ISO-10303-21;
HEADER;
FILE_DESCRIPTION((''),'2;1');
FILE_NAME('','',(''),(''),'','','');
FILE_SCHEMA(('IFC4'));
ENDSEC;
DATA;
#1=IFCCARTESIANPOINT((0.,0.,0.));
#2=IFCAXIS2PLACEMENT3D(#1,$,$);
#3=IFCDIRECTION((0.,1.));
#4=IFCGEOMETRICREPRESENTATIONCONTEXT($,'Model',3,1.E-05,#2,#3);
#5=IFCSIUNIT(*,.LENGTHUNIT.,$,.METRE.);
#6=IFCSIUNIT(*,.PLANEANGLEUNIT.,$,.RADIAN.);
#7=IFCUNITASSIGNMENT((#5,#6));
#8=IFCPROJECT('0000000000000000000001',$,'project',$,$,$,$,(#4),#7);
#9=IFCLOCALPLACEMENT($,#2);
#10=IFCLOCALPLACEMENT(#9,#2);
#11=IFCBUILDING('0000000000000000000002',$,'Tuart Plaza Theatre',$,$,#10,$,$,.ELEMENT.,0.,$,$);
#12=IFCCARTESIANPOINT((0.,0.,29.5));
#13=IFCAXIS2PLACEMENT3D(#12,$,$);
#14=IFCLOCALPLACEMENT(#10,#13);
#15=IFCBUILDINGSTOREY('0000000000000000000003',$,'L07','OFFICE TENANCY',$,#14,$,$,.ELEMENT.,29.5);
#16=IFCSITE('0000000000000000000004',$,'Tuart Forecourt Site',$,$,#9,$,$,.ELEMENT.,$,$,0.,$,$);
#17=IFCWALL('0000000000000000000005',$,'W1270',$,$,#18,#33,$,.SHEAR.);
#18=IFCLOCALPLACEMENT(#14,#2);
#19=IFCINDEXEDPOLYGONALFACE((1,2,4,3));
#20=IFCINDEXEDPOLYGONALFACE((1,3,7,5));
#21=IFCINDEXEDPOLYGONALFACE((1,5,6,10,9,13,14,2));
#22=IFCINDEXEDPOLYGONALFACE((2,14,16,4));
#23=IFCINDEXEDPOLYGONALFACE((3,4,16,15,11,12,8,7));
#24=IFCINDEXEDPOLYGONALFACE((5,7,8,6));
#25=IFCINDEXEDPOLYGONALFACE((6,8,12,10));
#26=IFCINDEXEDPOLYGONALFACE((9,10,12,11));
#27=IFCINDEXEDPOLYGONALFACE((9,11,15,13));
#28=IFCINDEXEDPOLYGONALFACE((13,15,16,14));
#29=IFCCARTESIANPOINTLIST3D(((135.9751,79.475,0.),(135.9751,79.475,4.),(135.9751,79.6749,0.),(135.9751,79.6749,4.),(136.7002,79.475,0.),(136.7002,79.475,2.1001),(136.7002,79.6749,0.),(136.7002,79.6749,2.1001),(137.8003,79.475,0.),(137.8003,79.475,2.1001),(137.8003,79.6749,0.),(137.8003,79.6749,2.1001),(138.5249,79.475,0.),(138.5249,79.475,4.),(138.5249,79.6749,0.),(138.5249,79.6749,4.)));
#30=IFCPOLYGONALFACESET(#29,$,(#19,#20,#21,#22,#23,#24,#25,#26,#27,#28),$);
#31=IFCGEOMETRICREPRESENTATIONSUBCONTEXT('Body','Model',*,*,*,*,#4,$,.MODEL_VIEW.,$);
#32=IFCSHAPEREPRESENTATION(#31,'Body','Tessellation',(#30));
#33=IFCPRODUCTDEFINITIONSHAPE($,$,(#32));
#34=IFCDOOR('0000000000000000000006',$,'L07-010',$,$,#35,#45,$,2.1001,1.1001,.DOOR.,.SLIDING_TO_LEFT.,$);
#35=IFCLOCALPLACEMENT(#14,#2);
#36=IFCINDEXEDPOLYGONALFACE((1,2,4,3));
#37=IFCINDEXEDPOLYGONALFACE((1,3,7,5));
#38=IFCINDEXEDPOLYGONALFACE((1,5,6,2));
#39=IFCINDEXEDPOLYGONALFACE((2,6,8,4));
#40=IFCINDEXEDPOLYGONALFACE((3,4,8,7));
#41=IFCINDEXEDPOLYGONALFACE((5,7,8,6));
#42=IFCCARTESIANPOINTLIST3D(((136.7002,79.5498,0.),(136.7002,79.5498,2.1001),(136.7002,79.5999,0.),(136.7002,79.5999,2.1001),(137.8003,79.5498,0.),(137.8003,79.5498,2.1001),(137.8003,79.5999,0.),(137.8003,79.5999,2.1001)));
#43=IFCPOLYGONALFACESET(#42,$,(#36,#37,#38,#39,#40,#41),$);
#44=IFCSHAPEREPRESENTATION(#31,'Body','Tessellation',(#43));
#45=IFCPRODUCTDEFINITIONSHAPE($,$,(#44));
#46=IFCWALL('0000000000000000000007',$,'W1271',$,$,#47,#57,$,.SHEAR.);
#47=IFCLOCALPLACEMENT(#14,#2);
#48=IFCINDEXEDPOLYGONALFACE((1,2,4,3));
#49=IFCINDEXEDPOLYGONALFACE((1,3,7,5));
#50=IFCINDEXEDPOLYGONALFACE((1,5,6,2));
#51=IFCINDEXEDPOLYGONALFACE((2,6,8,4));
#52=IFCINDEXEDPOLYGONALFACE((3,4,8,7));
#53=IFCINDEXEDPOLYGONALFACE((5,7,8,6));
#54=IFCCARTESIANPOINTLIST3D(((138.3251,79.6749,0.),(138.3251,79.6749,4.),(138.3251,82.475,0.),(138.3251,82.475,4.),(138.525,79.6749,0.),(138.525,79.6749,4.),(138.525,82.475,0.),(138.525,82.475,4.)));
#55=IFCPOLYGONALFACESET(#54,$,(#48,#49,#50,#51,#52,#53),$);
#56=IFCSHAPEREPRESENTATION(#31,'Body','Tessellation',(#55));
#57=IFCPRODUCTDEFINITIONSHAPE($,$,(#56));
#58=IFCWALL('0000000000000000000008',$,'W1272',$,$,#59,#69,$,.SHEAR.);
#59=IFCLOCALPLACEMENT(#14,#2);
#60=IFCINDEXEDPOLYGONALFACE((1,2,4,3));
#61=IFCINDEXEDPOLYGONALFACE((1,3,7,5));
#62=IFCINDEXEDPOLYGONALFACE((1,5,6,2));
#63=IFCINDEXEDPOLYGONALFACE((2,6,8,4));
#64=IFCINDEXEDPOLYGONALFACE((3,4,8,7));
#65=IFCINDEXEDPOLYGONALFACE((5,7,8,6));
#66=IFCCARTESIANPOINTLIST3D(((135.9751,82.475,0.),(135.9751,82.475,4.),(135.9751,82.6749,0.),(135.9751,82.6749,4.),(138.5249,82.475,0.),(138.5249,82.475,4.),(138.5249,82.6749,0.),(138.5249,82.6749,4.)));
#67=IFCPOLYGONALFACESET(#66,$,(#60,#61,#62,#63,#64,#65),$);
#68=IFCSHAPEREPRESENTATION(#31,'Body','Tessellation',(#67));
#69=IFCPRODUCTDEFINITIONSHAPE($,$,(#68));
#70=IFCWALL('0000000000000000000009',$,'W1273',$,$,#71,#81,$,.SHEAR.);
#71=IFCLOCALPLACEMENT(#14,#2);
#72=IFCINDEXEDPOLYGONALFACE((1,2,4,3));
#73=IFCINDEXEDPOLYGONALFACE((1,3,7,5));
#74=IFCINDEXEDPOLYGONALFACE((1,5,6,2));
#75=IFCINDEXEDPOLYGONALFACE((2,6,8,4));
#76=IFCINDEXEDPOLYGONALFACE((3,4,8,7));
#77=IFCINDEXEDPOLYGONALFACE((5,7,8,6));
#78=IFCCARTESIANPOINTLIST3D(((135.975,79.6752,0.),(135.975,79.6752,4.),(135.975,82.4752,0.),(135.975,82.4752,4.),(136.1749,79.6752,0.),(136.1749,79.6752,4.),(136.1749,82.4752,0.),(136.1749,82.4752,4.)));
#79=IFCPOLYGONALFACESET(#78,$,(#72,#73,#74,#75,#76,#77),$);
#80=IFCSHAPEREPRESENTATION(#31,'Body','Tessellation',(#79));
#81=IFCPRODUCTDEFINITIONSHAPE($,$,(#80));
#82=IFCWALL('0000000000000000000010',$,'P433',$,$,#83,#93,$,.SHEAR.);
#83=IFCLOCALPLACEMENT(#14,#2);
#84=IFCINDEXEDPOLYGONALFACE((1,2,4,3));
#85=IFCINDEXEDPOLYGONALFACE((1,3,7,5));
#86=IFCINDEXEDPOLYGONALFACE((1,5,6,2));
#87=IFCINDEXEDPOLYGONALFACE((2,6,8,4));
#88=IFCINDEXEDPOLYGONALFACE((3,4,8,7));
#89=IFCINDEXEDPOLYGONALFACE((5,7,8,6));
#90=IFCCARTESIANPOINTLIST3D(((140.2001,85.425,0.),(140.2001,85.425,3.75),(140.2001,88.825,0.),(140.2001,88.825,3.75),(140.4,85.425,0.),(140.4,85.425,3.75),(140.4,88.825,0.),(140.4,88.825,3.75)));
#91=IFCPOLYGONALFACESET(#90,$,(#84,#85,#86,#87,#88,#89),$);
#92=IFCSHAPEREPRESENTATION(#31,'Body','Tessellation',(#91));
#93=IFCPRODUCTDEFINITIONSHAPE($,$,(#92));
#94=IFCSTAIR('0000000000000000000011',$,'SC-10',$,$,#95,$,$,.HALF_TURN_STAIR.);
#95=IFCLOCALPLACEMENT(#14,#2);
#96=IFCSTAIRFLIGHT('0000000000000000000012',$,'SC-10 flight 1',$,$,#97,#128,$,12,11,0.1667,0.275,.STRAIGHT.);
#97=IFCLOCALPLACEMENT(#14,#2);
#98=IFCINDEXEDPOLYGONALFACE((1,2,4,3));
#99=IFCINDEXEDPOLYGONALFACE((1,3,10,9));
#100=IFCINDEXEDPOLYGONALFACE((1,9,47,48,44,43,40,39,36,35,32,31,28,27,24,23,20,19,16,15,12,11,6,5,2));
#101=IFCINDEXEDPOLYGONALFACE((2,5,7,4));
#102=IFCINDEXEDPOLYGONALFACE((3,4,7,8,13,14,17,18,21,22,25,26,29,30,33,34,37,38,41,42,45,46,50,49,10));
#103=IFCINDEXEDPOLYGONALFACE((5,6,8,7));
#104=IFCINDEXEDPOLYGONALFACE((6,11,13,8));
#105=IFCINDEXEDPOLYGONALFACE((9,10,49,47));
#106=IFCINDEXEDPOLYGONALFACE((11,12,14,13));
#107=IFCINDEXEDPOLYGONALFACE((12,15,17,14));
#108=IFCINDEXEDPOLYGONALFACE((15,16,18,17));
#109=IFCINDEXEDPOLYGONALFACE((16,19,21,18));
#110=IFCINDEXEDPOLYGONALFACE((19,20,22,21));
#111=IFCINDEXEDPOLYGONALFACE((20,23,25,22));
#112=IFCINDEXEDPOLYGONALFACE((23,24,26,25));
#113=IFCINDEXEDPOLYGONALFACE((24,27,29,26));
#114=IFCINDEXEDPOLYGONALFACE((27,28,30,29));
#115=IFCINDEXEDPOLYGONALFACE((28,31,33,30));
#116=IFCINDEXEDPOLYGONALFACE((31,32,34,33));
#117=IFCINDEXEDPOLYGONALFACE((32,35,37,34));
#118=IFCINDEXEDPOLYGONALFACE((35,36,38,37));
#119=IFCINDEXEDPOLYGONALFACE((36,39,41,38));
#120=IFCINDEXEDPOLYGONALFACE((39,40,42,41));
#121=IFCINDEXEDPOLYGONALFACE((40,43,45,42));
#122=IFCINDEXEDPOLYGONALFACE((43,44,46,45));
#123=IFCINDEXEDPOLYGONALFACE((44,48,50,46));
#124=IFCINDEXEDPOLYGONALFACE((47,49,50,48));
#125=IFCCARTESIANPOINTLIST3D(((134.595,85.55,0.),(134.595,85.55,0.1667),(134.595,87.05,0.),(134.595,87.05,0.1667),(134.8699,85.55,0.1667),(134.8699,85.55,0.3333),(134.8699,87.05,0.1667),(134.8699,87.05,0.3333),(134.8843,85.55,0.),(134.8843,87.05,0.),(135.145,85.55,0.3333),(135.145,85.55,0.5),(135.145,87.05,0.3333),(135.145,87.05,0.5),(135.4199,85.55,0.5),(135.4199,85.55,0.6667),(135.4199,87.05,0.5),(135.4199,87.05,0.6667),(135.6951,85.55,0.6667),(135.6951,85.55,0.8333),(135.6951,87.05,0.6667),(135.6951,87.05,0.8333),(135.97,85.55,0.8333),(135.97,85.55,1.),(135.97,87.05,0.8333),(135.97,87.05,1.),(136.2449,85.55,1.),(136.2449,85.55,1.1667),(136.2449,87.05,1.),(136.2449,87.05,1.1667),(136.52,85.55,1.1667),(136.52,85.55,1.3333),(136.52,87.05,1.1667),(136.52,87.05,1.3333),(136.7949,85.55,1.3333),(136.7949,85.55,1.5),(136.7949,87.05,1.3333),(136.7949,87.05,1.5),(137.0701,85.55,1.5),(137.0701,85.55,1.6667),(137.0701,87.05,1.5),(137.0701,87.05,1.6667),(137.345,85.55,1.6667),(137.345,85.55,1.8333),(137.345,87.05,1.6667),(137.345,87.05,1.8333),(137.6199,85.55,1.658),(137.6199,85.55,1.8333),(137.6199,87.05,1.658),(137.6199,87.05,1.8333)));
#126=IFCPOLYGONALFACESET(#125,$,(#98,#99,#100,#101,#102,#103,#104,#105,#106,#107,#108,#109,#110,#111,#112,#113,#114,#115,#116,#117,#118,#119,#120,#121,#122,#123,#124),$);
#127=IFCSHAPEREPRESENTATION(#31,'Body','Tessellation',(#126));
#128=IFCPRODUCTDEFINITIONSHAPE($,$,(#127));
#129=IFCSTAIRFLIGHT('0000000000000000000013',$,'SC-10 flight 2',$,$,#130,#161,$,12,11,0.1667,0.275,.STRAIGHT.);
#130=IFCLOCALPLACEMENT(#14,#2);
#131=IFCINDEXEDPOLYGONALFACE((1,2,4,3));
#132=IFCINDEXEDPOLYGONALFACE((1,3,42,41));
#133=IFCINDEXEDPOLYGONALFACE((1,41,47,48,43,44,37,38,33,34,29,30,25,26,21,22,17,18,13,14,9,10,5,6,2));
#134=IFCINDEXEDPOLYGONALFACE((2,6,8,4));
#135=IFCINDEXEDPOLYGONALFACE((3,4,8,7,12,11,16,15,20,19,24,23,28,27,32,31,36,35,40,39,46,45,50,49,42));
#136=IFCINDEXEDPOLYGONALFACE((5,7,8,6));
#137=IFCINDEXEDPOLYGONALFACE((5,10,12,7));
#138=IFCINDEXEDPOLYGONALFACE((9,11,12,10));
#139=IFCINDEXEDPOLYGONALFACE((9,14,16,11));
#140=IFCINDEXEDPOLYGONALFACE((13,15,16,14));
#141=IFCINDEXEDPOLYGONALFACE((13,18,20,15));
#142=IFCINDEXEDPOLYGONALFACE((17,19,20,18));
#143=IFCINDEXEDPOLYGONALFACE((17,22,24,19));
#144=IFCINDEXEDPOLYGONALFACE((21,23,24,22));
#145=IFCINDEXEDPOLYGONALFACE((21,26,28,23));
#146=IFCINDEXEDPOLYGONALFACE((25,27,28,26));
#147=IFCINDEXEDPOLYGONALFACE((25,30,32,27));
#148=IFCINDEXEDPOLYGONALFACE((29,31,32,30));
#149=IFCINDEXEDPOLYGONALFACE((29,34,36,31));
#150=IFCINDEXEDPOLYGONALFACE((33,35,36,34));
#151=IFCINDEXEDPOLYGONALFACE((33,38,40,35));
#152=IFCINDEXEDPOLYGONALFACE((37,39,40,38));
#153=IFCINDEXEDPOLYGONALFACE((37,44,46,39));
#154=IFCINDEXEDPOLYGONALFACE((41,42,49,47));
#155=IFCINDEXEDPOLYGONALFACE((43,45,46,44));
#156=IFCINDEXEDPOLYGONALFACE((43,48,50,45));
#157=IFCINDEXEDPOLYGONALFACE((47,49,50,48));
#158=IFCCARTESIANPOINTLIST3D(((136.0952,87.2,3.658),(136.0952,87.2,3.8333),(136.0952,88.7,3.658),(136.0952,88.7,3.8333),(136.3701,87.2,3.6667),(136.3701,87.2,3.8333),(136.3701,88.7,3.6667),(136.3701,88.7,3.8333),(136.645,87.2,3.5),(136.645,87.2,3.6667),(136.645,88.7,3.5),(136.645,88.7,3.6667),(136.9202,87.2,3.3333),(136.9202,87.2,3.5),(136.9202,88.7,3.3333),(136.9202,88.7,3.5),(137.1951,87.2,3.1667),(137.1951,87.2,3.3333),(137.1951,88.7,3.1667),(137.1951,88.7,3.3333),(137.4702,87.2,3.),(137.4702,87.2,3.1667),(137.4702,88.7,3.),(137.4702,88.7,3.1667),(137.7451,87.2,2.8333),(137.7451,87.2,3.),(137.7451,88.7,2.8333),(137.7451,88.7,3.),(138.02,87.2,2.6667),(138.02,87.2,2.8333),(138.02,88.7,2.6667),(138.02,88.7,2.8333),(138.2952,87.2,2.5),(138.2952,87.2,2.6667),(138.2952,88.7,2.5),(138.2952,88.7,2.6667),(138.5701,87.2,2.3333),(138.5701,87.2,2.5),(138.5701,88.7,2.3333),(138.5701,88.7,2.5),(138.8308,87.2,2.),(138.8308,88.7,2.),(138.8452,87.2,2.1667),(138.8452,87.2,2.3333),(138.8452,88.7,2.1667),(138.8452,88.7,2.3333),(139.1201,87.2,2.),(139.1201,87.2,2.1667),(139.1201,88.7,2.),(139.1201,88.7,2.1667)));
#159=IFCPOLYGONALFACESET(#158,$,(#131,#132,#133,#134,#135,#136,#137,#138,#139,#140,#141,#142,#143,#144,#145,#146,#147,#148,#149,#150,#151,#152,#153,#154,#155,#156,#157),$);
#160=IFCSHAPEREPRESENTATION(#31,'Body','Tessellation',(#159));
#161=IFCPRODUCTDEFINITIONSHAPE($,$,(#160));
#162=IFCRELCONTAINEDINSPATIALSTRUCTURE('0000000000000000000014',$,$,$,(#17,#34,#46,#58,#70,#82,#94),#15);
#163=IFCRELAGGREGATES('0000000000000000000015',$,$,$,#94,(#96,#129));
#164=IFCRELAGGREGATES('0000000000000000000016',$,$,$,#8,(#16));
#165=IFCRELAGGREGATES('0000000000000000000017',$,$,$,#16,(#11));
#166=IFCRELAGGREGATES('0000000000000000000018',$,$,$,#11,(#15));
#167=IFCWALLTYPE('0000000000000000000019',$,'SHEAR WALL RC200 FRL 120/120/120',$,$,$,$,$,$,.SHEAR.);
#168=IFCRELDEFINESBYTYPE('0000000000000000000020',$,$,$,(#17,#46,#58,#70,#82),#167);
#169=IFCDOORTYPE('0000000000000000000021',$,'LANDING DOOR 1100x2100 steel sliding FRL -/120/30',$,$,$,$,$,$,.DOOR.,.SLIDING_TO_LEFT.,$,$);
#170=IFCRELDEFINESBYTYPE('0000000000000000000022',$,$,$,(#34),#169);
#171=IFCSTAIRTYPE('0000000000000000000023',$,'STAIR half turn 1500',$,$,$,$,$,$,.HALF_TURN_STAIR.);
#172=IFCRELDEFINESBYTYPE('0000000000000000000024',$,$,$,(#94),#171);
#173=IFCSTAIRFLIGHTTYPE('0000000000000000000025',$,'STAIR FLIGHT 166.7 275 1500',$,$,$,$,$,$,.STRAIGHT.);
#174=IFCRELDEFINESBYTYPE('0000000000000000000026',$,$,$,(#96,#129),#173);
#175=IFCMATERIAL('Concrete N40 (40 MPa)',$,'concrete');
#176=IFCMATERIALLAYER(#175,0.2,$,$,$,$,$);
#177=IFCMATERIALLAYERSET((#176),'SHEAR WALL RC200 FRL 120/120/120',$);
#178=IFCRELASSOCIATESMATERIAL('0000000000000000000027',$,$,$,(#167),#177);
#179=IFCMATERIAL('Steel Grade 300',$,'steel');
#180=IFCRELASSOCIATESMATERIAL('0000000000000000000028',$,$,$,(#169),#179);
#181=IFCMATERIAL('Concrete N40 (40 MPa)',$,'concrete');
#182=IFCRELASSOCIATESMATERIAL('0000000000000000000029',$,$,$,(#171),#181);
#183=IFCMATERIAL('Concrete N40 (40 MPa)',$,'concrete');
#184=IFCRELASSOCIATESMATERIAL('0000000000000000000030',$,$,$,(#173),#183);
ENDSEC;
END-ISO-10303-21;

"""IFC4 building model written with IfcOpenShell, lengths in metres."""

from ifc_helpers import new_model, si_unit, direction, frame, frame_2d, origin, place, context, subcontext, project, spatial, polyline, rectangle, outline, extrude, material, layer, layer_set, type_object, element, fill, aggregate, save


model = new_model("IFC4")

# Units and contexts
model_context = context("Model", 3, precision=1e-05, world=origin(), true_north=direction((0.0, 1.0)))
body_context = subcontext(model_context, "Body", "Model", "MODEL_VIEW")
ifc_project = project(units=[si_unit("LENGTHUNIT", "METRE"), si_unit("PLANEANGLEUNIT", "RADIAN")], contexts=[model_context])

# Site, building, storey
site_placement = place(None, origin())
site = spatial("IfcSite", under=ifc_project, at=site_placement, Name="Tuart Forecourt Site", CompositionType="ELEMENT", RefElevation=0.0)
building_placement = place(site_placement, origin())
building = spatial("IfcBuilding", under=site, at=building_placement, Name="Tuart Plaza Theatre", CompositionType="ELEMENT", ElevationOfRefHeight=0.0)
storey_placement = place(building_placement, frame((0.0, 0.0, 29.5)))
storey = spatial("IfcBuildingStorey", under=building, at=storey_placement, Name="L07", Description="OFFICE TENANCY", CompositionType="ELEMENT", Elevation=29.5)

# Shared definitions
ifc_material_1 = material(Name="Concrete N40 (40 MPa)", Category="concrete")
ifc_layer_1 = layer(ifc_material_1, 0.2)
ifc_layer_set_1 = layer_set([ifc_layer_1], Name="SHEAR WALL RC200 FRL 120/120/120")
wall_type_1 = type_object("IfcWallType", Name="SHEAR WALL RC200 FRL 120/120/120", PredefinedType="SHEAR", material=ifc_layer_set_1)

# Shared definitions
ifc_material_2 = material(Name="Steel Grade 300", Category="steel")
door_type_1 = type_object("IfcDoorType", Name="LANDING DOOR 1100x2100 steel sliding FRL -/120/30", OperationType="SLIDING_TO_LEFT", PredefinedType="DOOR", material=ifc_material_2)

# Wall, opening, door
wall_1_placement = place(storey_placement, frame((135.9751, 79.575, 0.0), z_axis=(0.0, 0.0, 1.0), x_axis=(1.0, 0.0, 0.0)))
wall_1 = element("IfcWall", 1, at=wall_1_placement, inside=storey, type_object=wall_type_1, Name="W1270", PredefinedType="SHEAR", context=body_context, shape_type="SweptSolid", body=[
    extrude(rectangle(XDim=2.5498, YDim=0.2, at=frame_2d((1.2749, 0.0))), origin(), (0.0, 0.0, 1.0), 4.0),
])
opening_1_placement = place(wall_1_placement, frame((0.7251, 0.0, 0.0)))
opening_1 = element("IfcOpeningElement", 2, at=opening_1_placement, cuts=wall_1, PredefinedType="OPENING", context=body_context, shape_type="SweptSolid", body=[
    extrude(rectangle(XDim=1.1001, YDim=2.1001, at=frame_2d((0.55, 1.05))), frame((0.0, 0.1099, 0.0), z_axis=(0.0, -1.0, 0.0), x_axis=(1.0, 0.0, 0.0)), (0.0, 0.0, 1.0), 0.22),
])
door_1_placement = place(opening_1_placement, origin())
door_1 = element("IfcDoor", 3, at=door_1_placement, inside=storey, type_object=door_type_1, Name="L07-010", OperationType="SLIDING_TO_LEFT", OverallHeight=2.1001, OverallWidth=1.1001, PredefinedType="DOOR", context=body_context, shape_type="SweptSolid", body=[
    extrude(rectangle(XDim=1.1001, YDim=2.1001, at=frame_2d((0.55, 1.05))), frame((0.0, 0.0249, 0.0), z_axis=(0.0, -1.0, 0.0), x_axis=(1.0, 0.0, 0.0)), (0.0, 0.0, 1.0), 0.05),
])
fill(opening_1, door_1)

# Walls
wall_2_placement = place(storey_placement, frame((138.425, 79.675, 0.0), z_axis=(0.0, 0.0, 1.0), x_axis=(0.0, 1.0, 0.0)))
element("IfcWall", 4, at=wall_2_placement, inside=storey, type_object=wall_type_1, Name="W1271", PredefinedType="SHEAR", context=body_context, shape_type="SweptSolid", body=[
    extrude(rectangle(XDim=2.8, YDim=0.2, at=frame_2d((1.3999, 0.0))), origin(), (0.0, 0.0, 1.0), 4.0),
])
wall_3_placement = place(storey_placement, frame((138.5249, 82.575, 0.0), z_axis=(0.0, 0.0, 1.0), x_axis=(-1.0, 0.0, 0.0)))
element("IfcWall", 5, at=wall_3_placement, inside=storey, type_object=wall_type_1, Name="W1272", PredefinedType="SHEAR", context=body_context, shape_type="SweptSolid", body=[
    extrude(rectangle(XDim=2.5498, YDim=0.2, at=frame_2d((1.2749, 0.0))), origin(), (0.0, 0.0, 1.0), 4.0),
])
wall_4_placement = place(storey_placement, frame((136.075, 82.4751, 0.0), z_axis=(0.0, 0.0, 1.0), x_axis=(0.0, -1.0, 0.0)))
element("IfcWall", 6, at=wall_4_placement, inside=storey, type_object=wall_type_1, Name="W1273", PredefinedType="SHEAR", context=body_context, shape_type="SweptSolid", body=[
    extrude(rectangle(XDim=2.8, YDim=0.2, at=frame_2d((1.3999, 0.0))), origin(), (0.0, 0.0, 1.0), 4.0),
])
wall_5_placement = place(storey_placement, frame((140.3, 85.425, 0.0), z_axis=(0.0, 0.0, 1.0), x_axis=(0.0, 1.0, 0.0)))
element("IfcWall", 7, at=wall_5_placement, inside=storey, type_object=wall_type_1, Name="P433", PredefinedType="SHEAR", context=body_context, shape_type="SweptSolid", body=[
    extrude(rectangle(XDim=3.3999, YDim=0.2, at=frame_2d((1.7, 0.0))), origin(), (0.0, 0.0, 1.0), 3.75),
])

# Stair, stair flights
ifc_material_3 = material(Name="Concrete N40 (40 MPa)", Category="concrete")
stair_type = type_object("IfcStairType", Name="STAIR half turn 1500", PredefinedType="HALF_TURN_STAIR", material=ifc_material_3)
stair_placement = place(storey_placement, origin())
stair = element("IfcStair", 8, at=stair_placement, inside=storey, type_object=stair_type, Name="SC-10", PredefinedType="HALF_TURN_STAIR")
ifc_material_4 = material(Name="Concrete N40 (40 MPa)", Category="concrete")
stair_flight_type = type_object("IfcStairFlightType", Name="STAIR FLIGHT 166.7 275 1500", PredefinedType="STRAIGHT", material=ifc_material_4)
stair_flight_1_placement = place(storey_placement, frame((134.595, 86.3, 0.0), z_axis=(0.0, 0.0, 1.0), x_axis=(1.0, 0.0, 0.0)))
stair_flight_1 = element("IfcStairFlight", 9, at=stair_flight_1_placement, type_object=stair_flight_type, Name="SC-10 flight 1", NumberOfRisers=12, NumberOfTreads=11, PredefinedType="STRAIGHT", RiserHeight=0.1667, TreadLength=0.275, context=body_context, shape_type="SweptSolid", body=[
    extrude(outline(polyline([(0.0, 0.0), (0.0, 0.1667), (0.2749, 0.1667), (0.2749, 0.3333), (0.55, 0.3333), (0.55, 0.5), (0.825, 0.5), (0.825, 0.6667), (1.1001, 0.6667), (1.1001, 0.8333), (1.375, 0.8333), (1.375, 1.0), (1.6499, 1.0), (1.6499, 1.1667), (1.925, 1.1667), (1.925, 1.3333), (2.2, 1.3333), (2.2, 1.5), (2.4751, 1.5), (2.4751, 1.6667), (2.75, 1.6667), (2.75, 1.8333), (3.0249, 1.8333), (3.0249, 2.0), (3.0249, 1.658), (0.2893, 0.0), (0.0, 0.0)])), frame((0.0, 0.75, 0.0), z_axis=(0.0, -1.0, 0.0), x_axis=(1.0, 0.0, 0.0)), (0.0, 0.0, 1.0), 1.5),
])
stair_flight_2_placement = place(storey_placement, frame((139.1201, 87.95, 2.0), z_axis=(0.0, 0.0, 1.0), x_axis=(-1.0, 0.0, 0.0)))
stair_flight_2 = element("IfcStairFlight", 10, at=stair_flight_2_placement, type_object=stair_flight_type, Name="SC-10 flight 2", NumberOfRisers=12, NumberOfTreads=11, PredefinedType="STRAIGHT", RiserHeight=0.1667, TreadLength=0.275, context=body_context, shape_type="SweptSolid", body=[
    extrude(outline(polyline([(0.0, 0.0), (0.0, 0.1667), (0.2749, 0.1667), (0.2749, 0.3333), (0.55, 0.3333), (0.55, 0.5), (0.825, 0.5), (0.825, 0.6667), (1.1001, 0.6667), (1.1001, 0.8333), (1.375, 0.8333), (1.375, 1.0), (1.6499, 1.0), (1.6499, 1.1667), (1.925, 1.1667), (1.925, 1.3333), (2.2, 1.3333), (2.2, 1.5), (2.4751, 1.5), (2.4751, 1.6667), (2.75, 1.6667), (2.75, 1.8333), (3.0249, 1.8333), (3.0249, 2.0), (3.0249, 1.658), (0.2893, 0.0), (0.0, 0.0)])), frame((0.0, 0.75, 0.0), z_axis=(0.0, -1.0, 0.0), x_axis=(1.0, 0.0, 0.0)), (0.0, 0.0, 1.0), 1.5),
])
aggregate(stair, [stair_flight_1, stair_flight_2])

save(model, "model.ifc")
